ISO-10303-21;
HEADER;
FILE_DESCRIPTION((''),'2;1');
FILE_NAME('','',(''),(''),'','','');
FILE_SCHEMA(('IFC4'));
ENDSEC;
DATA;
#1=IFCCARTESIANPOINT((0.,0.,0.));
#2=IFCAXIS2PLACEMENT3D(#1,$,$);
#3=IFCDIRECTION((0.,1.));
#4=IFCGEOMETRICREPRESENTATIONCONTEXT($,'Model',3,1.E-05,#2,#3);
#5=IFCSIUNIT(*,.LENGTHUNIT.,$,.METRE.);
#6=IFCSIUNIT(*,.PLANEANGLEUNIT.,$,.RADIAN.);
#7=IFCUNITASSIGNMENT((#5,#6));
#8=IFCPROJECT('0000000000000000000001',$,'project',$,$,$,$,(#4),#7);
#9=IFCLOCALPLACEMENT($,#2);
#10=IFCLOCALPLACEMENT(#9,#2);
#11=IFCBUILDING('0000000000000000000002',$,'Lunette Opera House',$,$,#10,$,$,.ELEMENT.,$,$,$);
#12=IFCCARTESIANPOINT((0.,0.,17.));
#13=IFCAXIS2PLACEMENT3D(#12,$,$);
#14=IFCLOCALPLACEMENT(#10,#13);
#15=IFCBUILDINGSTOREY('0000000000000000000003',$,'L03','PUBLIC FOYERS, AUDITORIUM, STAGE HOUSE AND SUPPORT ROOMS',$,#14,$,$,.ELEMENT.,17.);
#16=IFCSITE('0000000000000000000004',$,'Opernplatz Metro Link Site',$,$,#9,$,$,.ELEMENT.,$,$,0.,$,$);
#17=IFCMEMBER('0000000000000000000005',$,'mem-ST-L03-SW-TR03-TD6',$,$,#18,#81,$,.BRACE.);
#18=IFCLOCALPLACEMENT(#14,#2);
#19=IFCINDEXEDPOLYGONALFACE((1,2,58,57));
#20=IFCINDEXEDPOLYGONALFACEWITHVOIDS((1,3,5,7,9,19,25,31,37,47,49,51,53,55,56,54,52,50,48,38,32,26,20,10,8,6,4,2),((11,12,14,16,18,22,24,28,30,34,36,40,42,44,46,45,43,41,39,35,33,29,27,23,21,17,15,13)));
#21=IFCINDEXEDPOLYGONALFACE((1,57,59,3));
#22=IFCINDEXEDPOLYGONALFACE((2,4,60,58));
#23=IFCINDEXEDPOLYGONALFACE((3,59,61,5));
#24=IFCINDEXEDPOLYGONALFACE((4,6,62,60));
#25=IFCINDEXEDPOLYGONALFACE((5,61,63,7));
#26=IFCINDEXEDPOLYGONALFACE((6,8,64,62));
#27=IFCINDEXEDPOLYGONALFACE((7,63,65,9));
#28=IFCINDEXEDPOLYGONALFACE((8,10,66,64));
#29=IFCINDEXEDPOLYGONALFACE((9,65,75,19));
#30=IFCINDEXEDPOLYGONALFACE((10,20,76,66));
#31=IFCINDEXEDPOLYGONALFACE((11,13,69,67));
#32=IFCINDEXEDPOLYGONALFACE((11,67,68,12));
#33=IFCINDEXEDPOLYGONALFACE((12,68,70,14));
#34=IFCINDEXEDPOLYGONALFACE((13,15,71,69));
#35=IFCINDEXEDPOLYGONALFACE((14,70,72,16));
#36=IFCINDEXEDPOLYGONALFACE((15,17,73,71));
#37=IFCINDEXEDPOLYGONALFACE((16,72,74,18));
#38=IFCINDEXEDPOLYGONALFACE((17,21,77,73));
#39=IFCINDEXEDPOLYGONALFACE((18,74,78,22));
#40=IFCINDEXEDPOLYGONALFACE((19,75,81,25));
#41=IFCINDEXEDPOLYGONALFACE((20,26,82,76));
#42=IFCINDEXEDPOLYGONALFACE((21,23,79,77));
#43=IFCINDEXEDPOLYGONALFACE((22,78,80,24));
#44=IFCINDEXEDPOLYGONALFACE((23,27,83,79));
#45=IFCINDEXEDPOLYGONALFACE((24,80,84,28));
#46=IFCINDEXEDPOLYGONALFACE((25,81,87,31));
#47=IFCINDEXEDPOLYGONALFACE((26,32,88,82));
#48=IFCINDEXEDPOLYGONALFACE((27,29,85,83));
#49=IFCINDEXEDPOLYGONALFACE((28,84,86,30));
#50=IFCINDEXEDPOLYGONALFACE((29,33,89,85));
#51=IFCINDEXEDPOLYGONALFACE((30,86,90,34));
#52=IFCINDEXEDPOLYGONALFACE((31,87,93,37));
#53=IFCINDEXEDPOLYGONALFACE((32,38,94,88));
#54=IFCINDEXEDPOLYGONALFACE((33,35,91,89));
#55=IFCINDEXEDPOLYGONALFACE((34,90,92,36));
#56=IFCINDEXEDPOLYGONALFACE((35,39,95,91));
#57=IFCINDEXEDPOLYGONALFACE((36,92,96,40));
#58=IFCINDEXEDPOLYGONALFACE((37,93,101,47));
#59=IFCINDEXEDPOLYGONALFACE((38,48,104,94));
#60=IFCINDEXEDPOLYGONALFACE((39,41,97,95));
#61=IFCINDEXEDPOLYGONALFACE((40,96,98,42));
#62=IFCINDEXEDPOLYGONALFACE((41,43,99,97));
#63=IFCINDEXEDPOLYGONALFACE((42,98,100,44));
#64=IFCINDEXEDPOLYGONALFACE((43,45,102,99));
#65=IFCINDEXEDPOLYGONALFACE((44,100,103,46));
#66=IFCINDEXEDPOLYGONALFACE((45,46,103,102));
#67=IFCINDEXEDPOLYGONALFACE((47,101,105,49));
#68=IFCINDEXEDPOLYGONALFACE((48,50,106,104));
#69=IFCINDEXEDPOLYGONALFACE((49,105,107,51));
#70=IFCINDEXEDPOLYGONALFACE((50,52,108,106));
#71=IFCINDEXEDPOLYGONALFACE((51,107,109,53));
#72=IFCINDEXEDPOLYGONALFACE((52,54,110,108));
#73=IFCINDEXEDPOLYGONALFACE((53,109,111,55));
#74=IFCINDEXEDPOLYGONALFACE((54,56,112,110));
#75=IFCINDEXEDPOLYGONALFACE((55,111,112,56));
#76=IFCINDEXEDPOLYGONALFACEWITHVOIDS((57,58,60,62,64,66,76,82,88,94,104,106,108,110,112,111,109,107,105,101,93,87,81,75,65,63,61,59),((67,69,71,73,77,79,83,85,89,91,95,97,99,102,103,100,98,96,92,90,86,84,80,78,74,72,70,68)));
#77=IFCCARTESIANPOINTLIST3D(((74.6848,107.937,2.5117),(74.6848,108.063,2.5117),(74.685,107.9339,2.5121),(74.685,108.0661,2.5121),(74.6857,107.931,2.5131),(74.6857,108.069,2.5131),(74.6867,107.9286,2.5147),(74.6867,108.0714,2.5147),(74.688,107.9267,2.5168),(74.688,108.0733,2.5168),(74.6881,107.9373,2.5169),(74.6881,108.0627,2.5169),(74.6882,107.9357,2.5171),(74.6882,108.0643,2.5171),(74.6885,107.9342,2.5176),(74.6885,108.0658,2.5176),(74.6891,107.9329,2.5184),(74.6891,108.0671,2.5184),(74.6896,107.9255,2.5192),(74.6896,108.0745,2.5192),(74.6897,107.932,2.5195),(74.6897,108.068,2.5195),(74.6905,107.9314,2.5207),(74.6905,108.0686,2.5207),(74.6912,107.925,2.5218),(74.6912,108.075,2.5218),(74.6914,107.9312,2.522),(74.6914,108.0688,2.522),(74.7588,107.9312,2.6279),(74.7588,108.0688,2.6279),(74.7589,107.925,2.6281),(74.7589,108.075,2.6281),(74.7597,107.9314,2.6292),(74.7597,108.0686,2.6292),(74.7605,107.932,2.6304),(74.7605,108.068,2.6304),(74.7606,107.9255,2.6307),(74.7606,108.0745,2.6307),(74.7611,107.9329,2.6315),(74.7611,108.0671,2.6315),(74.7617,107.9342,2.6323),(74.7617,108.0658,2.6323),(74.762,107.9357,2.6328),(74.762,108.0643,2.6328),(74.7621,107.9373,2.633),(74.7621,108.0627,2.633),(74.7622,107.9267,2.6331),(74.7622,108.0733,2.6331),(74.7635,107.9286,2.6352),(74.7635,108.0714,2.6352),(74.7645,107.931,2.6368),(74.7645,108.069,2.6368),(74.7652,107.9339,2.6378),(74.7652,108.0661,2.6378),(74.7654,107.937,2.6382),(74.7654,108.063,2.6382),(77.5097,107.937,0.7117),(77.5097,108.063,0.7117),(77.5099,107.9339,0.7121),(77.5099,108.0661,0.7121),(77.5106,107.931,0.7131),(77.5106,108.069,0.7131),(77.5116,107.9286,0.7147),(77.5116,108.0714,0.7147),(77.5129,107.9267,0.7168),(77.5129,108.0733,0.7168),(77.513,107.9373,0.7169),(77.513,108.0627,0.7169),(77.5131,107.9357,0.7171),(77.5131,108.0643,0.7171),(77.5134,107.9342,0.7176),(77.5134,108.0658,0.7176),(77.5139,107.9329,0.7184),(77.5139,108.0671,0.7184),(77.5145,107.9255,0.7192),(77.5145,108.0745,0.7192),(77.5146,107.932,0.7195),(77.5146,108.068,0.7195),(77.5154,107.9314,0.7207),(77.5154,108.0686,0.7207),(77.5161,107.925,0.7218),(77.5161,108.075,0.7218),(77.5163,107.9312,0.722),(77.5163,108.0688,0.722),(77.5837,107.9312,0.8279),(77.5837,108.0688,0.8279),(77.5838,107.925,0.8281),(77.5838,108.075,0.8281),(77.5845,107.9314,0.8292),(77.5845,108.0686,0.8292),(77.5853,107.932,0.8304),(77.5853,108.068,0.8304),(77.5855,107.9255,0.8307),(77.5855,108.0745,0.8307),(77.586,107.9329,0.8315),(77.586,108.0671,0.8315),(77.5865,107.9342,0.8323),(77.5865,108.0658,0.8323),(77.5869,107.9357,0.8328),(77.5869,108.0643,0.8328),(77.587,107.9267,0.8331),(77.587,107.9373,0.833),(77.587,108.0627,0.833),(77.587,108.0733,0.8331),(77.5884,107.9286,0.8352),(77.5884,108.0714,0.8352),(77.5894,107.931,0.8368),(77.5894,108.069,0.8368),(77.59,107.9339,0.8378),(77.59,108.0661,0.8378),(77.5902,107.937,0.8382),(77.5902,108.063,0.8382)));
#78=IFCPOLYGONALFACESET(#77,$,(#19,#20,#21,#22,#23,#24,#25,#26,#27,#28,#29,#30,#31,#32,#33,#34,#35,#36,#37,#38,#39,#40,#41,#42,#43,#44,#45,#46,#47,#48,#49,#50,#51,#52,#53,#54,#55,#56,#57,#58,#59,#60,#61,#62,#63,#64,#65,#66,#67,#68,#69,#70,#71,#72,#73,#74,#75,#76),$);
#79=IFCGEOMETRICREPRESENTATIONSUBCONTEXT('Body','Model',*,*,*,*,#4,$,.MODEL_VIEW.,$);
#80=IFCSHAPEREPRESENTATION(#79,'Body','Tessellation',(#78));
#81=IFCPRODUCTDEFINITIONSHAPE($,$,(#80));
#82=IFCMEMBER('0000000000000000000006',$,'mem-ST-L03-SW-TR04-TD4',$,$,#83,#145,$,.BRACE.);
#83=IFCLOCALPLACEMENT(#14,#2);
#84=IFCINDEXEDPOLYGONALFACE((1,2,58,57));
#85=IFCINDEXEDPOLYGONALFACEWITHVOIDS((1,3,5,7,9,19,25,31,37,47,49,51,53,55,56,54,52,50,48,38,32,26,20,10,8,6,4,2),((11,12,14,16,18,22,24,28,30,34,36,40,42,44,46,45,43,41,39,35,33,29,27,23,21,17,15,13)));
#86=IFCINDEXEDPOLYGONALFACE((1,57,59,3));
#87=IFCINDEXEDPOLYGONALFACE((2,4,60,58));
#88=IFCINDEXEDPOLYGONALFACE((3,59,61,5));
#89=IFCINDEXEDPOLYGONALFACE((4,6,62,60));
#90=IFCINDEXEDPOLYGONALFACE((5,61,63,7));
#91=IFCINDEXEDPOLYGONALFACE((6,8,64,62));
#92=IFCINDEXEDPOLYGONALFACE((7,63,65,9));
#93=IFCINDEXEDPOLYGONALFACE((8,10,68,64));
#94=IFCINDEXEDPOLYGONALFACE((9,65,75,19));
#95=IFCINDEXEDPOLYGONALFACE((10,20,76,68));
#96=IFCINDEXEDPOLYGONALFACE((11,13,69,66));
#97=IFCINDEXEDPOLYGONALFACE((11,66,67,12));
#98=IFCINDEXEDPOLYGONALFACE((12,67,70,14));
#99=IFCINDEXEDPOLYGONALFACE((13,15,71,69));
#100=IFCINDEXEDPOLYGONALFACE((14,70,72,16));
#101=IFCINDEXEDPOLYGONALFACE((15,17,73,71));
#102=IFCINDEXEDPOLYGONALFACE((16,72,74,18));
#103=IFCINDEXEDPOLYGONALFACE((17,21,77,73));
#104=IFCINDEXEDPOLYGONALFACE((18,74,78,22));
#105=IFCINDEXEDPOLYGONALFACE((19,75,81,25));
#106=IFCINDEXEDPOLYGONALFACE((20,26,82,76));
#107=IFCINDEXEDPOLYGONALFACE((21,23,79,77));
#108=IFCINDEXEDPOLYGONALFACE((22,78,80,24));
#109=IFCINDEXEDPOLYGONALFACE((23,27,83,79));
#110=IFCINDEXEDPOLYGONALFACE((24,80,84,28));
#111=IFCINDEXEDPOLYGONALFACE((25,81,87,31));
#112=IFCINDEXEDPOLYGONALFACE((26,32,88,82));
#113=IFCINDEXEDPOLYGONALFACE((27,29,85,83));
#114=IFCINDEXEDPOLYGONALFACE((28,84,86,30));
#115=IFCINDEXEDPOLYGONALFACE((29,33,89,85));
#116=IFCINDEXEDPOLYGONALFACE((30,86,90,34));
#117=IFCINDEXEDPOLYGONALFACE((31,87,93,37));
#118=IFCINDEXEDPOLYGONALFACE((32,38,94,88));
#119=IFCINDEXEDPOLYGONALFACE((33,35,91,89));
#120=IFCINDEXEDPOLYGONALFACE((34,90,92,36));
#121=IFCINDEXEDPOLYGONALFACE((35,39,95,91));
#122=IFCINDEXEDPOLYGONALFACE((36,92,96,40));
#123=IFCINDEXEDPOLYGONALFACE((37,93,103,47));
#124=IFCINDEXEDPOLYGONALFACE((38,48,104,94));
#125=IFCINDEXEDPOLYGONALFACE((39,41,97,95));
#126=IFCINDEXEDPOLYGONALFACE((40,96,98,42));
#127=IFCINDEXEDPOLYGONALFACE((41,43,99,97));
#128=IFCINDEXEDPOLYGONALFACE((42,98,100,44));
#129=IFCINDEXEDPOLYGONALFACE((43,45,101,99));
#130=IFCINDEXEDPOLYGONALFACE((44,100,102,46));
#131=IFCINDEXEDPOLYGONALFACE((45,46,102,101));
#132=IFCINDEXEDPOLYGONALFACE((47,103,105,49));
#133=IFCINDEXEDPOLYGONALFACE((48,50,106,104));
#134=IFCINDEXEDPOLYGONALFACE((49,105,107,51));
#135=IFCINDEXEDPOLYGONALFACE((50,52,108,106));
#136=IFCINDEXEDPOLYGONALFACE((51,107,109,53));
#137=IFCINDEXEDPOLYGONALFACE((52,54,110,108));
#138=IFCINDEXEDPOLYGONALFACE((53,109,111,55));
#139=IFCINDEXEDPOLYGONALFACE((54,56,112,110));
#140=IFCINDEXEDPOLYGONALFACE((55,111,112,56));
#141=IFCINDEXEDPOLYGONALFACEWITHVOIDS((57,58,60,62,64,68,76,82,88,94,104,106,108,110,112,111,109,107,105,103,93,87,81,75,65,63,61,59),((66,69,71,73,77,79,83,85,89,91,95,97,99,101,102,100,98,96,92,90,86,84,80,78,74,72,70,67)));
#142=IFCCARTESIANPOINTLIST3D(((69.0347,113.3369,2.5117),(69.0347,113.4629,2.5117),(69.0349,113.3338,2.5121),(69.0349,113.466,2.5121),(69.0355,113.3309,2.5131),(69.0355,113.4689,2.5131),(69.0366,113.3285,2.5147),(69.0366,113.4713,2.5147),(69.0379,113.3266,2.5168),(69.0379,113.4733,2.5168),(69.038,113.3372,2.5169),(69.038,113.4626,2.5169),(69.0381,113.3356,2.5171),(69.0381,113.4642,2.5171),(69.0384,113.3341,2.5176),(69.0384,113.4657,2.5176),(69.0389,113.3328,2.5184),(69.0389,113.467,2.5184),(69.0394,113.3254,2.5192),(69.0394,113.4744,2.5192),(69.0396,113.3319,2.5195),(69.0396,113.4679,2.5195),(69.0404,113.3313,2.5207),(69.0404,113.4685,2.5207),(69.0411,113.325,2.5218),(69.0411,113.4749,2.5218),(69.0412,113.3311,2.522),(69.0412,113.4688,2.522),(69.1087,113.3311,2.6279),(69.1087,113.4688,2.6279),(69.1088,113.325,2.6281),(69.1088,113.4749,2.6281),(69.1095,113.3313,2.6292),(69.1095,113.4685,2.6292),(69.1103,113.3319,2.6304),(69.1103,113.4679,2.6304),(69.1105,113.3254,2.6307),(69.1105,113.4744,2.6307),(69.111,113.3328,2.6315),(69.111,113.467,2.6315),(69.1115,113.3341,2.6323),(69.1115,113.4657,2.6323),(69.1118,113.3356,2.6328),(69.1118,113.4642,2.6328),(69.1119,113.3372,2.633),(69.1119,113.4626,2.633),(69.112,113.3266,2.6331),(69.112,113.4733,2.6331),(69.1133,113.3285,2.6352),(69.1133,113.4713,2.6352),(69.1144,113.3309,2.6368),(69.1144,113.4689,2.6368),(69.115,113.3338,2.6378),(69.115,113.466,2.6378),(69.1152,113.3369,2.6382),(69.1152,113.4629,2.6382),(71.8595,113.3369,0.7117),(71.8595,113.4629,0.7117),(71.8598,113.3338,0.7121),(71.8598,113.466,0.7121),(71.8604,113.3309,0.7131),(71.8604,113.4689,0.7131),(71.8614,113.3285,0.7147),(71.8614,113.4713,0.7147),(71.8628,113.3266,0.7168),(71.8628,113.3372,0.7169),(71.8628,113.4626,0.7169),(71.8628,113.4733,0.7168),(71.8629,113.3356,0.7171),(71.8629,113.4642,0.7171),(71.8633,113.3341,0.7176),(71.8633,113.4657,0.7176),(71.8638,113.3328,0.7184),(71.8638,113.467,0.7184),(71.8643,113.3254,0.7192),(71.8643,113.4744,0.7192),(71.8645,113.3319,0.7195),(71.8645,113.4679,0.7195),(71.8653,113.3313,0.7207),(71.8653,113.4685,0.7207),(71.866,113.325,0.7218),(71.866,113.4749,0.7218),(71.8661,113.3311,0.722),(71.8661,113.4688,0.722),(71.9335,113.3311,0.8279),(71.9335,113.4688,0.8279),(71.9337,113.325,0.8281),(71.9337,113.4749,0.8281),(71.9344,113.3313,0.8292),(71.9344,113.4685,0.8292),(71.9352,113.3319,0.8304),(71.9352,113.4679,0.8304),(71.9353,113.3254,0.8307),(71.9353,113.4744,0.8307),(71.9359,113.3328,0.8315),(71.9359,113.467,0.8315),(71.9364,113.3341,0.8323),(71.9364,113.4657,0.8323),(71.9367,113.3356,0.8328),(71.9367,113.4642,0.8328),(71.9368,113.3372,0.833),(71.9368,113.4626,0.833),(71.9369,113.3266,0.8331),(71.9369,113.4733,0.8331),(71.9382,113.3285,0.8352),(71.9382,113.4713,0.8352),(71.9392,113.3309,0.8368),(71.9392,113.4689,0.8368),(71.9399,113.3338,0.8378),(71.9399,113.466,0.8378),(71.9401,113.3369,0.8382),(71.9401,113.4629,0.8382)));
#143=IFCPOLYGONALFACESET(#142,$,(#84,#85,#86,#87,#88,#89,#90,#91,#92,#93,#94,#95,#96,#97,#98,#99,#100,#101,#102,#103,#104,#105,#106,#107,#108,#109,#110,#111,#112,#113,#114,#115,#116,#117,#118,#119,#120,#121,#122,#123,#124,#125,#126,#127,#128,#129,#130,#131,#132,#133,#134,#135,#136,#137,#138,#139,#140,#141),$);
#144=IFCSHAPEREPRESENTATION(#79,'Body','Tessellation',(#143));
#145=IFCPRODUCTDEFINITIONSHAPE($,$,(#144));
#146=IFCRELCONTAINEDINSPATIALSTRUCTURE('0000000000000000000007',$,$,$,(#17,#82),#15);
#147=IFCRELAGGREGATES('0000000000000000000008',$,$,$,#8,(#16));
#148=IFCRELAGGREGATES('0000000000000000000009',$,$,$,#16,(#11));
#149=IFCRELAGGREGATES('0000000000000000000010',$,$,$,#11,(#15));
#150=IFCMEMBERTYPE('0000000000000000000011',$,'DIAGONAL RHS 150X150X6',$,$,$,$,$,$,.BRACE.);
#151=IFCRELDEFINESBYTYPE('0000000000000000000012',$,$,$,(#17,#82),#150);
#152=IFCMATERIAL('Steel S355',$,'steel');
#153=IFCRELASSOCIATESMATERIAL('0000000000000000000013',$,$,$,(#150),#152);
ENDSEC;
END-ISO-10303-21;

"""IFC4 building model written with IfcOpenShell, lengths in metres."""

from ifc_helpers import new_model, si_unit, direction, frame, origin, origin_2d, place, context, subcontext, project, spatial, hollow_rectangle, extrude, material, material_profile, profile_set, type_object, element, save


model = new_model("IFC4")

# Units and contexts
model_context = context("Model", 3, precision=1e-05, world=origin(), true_north=direction((0.0, 1.0)))
body_context = subcontext(model_context, "Body", "Model", "MODEL_VIEW")
ifc_project = project(units=[si_unit("LENGTHUNIT", "METRE"), si_unit("PLANEANGLEUNIT", "RADIAN")], contexts=[model_context])

# Site, building, storey
site_placement = place(None, origin())
site = spatial("IfcSite", under=ifc_project, at=site_placement, Name="Opernplatz Metro Link Site", CompositionType="ELEMENT", RefElevation=0.0)
building_placement = place(site_placement, origin())
building = spatial("IfcBuilding", under=site, at=building_placement, Name="Lunette Opera House", CompositionType="ELEMENT")
storey_placement = place(building_placement, frame((0.0, 0.0, 17.0)))
storey = spatial("IfcBuildingStorey", under=building, at=storey_placement, Name="L03", Description="PUBLIC FOYERS, AUDITORIUM, STAGE HOUSE AND SUPPORT ROOMS", CompositionType="ELEMENT", Elevation=17.0)

# Members
ifc_material_1 = material(Name="Steel S355", Category="steel")
ifc_material_profile_1 = material_profile(ifc_material_1, hollow_rectangle(XDim=0.1499, YDim=0.1499, WallThickness=0.0061, InnerFilletRadius=0.0061, OuterFilletRadius=0.012, at=origin_2d()), Name="RHS 150X150X6")
ifc_profile_set_1 = profile_set([ifc_material_profile_1], Name="Steel S355")
member_type_1 = type_object("IfcMemberType", Name="DIAGONAL RHS 150X150X6", PredefinedType="BRACE", material=ifc_profile_set_1)
for number, where, z_axis, x_axis, name in (
    (1, (74.7251, 108.0, 2.575), (0.843343, 0.0, -0.537375), (0.0, 1.0, 0.0), "mem-ST-L03-SW-TR03-TD6"),
    (2, (69.075, 113.3999, 2.575), (0.843343, 0.0, -0.537375), (0.0, 1.0, 0.0), "mem-ST-L03-SW-TR04-TD4"),
):
    element("IfcMember", number, at=place(storey_placement, frame(where, z_axis=z_axis, x_axis=x_axis)), inside=storey, type_object=member_type_1, Name=name, PredefinedType="BRACE", context=body_context, shape_type="SweptSolid", body=[
        extrude(hollow_rectangle(XDim=0.1499, YDim=0.1499, WallThickness=0.0061, InnerFilletRadius=0.0061, OuterFilletRadius=0.012, at=origin_2d()), origin(), (0.0, 0.0, 1.0), 3.3496),
    ])

save(model, "model.ifc")
